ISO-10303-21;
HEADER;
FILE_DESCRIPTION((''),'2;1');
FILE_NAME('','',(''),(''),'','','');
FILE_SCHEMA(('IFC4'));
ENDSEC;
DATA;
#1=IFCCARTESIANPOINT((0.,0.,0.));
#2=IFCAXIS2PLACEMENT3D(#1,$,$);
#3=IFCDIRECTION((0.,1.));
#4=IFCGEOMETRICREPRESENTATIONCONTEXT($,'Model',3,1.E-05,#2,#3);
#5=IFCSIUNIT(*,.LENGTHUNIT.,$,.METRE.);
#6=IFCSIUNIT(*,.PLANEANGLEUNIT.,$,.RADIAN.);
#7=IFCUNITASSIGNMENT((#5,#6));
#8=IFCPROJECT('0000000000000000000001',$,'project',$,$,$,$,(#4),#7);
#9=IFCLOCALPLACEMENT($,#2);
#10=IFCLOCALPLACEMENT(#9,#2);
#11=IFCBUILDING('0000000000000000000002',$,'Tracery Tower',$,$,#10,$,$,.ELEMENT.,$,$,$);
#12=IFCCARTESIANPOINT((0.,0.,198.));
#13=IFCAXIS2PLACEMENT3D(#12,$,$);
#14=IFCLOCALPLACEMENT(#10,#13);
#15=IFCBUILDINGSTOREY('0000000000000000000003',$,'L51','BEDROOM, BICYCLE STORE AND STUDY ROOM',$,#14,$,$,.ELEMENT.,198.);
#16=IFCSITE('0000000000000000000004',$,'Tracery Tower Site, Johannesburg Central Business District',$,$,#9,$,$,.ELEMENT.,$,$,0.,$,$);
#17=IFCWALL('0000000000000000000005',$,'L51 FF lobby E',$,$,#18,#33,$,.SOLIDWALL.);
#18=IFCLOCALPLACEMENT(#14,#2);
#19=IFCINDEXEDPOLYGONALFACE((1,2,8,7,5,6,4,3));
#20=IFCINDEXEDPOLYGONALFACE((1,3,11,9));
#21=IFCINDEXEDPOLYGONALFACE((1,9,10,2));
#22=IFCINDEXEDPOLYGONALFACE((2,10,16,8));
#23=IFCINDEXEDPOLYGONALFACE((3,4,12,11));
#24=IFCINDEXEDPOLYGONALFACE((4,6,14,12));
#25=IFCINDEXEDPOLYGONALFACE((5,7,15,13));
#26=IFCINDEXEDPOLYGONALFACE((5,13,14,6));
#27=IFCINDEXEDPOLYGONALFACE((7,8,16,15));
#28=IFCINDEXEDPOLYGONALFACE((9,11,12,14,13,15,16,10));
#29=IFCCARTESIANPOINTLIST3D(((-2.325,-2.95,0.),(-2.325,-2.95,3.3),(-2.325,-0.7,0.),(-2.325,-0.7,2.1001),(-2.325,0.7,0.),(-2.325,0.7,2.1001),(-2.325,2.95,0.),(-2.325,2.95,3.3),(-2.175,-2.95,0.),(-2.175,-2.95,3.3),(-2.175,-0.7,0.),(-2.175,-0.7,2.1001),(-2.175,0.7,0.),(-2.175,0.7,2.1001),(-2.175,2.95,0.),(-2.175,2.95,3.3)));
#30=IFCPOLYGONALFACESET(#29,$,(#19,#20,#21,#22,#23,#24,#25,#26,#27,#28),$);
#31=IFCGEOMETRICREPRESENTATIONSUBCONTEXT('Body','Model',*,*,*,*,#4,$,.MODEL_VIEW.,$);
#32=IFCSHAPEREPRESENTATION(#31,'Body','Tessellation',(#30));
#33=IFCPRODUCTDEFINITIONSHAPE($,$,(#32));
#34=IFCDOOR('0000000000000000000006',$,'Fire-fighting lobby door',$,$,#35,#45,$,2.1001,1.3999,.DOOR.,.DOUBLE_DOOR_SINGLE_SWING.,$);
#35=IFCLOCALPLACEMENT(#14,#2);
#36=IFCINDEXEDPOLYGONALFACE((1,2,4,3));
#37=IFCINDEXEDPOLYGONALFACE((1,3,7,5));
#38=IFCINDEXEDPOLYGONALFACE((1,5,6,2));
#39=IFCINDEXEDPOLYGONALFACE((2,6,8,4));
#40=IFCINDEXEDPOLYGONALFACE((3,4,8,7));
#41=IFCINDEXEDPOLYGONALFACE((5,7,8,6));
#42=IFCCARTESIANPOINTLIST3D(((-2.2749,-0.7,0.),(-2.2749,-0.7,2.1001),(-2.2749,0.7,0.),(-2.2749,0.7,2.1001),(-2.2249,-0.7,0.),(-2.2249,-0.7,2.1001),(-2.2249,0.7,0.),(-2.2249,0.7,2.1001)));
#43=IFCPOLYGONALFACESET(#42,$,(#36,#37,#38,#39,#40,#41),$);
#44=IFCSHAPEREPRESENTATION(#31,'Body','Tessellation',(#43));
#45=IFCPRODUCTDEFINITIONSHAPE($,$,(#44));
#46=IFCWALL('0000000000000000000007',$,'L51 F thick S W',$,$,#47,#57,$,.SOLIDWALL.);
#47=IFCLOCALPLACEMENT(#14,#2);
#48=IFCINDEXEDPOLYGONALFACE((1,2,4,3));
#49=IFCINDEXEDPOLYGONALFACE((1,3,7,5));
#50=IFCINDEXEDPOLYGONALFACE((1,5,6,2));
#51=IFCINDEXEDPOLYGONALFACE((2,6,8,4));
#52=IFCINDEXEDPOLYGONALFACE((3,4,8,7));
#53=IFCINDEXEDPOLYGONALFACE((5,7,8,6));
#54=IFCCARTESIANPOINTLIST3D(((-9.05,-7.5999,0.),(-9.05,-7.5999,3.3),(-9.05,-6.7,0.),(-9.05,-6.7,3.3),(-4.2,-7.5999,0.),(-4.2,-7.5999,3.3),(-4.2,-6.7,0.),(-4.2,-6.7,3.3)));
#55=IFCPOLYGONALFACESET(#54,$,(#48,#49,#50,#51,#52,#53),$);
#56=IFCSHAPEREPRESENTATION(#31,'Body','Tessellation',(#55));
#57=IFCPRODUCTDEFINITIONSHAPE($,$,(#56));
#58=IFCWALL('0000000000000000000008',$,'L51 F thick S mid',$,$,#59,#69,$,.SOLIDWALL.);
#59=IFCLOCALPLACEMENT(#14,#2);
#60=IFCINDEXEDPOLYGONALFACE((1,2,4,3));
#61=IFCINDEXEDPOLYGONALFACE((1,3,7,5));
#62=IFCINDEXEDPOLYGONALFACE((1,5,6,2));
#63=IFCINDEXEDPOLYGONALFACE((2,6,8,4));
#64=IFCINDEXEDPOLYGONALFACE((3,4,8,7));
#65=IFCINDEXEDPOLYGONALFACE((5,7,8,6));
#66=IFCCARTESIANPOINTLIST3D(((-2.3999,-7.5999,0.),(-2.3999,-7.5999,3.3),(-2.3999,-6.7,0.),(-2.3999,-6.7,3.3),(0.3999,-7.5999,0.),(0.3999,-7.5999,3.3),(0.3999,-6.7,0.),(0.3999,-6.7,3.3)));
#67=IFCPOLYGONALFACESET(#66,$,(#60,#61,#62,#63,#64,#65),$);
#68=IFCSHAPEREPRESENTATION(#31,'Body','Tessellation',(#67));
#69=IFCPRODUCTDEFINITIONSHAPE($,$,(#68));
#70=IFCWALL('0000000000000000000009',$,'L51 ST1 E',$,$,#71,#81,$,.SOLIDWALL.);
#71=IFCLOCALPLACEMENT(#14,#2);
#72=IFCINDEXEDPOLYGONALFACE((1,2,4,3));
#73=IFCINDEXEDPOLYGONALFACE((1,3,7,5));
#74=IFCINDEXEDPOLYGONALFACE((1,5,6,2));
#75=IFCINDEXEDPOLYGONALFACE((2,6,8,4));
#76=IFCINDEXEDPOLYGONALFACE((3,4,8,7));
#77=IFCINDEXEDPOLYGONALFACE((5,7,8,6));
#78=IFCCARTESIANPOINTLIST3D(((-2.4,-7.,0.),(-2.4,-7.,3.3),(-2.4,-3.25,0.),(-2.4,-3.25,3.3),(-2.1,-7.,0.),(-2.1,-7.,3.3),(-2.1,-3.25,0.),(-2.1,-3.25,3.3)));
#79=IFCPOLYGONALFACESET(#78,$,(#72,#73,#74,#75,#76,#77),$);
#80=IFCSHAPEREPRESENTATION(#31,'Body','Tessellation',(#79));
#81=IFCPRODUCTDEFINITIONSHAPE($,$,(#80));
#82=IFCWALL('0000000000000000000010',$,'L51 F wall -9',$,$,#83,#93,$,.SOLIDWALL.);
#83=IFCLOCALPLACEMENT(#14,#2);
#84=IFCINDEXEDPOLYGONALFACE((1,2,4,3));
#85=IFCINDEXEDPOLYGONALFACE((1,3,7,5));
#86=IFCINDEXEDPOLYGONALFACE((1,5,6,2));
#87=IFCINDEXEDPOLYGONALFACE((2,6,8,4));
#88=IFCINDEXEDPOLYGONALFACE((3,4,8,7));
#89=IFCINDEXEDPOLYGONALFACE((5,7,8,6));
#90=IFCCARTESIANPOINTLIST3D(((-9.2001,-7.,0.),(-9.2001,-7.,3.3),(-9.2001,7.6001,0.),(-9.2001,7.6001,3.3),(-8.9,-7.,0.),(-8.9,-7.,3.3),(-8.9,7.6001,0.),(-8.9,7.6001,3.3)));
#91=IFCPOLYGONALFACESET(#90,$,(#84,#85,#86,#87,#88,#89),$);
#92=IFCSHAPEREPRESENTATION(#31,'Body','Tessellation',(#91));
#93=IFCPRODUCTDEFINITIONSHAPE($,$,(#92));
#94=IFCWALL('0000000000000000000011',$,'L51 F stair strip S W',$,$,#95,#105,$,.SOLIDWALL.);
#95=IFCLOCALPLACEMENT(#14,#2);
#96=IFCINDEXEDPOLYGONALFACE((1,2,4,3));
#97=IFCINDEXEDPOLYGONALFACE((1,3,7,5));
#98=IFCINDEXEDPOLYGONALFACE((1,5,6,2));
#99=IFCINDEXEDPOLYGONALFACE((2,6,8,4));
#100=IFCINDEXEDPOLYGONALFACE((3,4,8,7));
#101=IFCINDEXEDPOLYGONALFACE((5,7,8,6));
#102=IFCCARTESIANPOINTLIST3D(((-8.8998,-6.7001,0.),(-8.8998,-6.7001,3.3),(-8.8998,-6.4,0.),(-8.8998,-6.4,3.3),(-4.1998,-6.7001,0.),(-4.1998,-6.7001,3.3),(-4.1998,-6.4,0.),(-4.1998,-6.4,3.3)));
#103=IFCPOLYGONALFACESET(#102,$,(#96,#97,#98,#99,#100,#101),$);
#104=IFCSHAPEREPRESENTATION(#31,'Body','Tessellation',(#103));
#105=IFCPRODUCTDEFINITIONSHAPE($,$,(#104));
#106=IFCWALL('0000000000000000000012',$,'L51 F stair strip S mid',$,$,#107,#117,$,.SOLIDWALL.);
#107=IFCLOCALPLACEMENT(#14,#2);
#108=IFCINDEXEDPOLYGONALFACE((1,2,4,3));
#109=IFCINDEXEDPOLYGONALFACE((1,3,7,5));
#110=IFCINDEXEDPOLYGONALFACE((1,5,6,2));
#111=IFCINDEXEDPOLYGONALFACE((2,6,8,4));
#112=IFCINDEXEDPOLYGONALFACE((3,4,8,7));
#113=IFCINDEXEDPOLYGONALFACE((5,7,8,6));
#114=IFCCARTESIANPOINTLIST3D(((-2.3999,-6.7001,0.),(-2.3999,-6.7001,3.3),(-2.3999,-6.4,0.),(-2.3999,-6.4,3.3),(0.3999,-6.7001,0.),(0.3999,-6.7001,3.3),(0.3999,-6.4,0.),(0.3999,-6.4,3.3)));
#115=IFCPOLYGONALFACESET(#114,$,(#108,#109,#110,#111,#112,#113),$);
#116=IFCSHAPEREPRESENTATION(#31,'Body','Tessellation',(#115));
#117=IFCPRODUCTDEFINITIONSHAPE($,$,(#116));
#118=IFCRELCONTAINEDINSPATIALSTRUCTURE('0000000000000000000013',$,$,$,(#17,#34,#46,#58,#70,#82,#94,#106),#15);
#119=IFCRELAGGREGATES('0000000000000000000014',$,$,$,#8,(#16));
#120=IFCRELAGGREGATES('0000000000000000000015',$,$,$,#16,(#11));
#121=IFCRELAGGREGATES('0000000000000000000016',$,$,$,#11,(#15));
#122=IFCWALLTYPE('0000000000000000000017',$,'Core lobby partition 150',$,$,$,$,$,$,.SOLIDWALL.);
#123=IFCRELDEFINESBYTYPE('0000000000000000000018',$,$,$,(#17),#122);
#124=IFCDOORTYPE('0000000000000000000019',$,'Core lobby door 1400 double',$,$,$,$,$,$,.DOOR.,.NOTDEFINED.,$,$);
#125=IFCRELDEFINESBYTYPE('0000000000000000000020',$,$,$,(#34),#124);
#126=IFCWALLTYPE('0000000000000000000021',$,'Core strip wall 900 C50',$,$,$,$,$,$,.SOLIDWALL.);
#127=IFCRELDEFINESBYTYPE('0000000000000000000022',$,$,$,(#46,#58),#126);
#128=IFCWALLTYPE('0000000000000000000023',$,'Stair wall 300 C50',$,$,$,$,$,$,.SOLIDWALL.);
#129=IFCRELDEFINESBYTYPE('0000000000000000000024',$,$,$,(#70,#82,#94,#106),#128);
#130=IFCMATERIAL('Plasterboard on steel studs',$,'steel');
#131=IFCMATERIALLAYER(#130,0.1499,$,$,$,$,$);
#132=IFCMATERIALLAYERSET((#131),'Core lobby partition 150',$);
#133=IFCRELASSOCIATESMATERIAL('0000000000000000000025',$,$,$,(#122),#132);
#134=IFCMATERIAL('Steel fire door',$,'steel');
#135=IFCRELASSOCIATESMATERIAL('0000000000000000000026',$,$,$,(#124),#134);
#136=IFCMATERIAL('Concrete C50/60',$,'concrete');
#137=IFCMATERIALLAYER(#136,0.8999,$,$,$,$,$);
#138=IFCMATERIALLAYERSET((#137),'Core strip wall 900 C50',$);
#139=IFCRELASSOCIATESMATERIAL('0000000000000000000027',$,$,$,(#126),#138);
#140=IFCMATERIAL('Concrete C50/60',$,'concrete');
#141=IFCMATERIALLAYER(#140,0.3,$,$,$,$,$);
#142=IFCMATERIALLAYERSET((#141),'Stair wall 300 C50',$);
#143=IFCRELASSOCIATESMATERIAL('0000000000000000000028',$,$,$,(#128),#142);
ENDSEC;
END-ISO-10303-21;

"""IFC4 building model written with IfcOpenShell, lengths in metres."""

from ifc_helpers import new_model, si_unit, direction, frame, frame_2d, origin, place, context, subcontext, project, spatial, rectangle, extrude, material, layer, layer_set, type_object, element, fill, save


model = new_model("IFC4")

# Units and contexts
model_context = context("Model", 3, precision=1e-05, world=origin(), true_north=direction((0.0, 1.0)))
body_context = subcontext(model_context, "Body", "Model", "MODEL_VIEW")
ifc_project = project(units=[si_unit("LENGTHUNIT", "METRE"), si_unit("PLANEANGLEUNIT", "RADIAN")], contexts=[model_context])

# Site, building, storey
site_placement = place(None, origin())
site = spatial("IfcSite", under=ifc_project, at=site_placement, Name="Tracery Tower Site, Johannesburg Central Business District", CompositionType="ELEMENT", RefElevation=0.0)
building_placement = place(site_placement, origin())
building = spatial("IfcBuilding", under=site, at=building_placement, Name="Tracery Tower", CompositionType="ELEMENT")
storey_placement = place(building_placement, frame((0.0, 0.0, 198.0)))
storey = spatial("IfcBuildingStorey", under=building, at=storey_placement, Name="L51", Description="BEDROOM, BICYCLE STORE AND STUDY ROOM", CompositionType="ELEMENT", Elevation=198.0)

# Wall, opening, door
ifc_material_1 = material(Name="Plasterboard on steel studs", Category="steel")
ifc_layer_1 = layer(ifc_material_1, 0.1499)
ifc_layer_set_1 = layer_set([ifc_layer_1], Name="Core lobby partition 150")
wall_type_1 = type_object("IfcWallType", Name="Core lobby partition 150", PredefinedType="SOLIDWALL", material=ifc_layer_set_1)
wall_1_placement = place(storey_placement, frame((-2.25, -2.95, 0.0), z_axis=(0.0, 0.0, 1.0), x_axis=(0.0, 1.0, 0.0)))
wall_1 = element("IfcWall", 1, at=wall_1_placement, inside=storey, type_object=wall_type_1, Name="L51 FF lobby E", PredefinedType="SOLIDWALL", context=body_context, shape_type="SweptSolid", body=[
    extrude(rectangle(XDim=5.8999, YDim=0.1499, at=frame_2d((2.95, 0.0))), origin(), (0.0, 0.0, 1.0), 3.3),
])
opening_1_placement = place(wall_1_placement, frame((2.25, 0.0, 0.0)))
opening_1 = element("IfcOpeningElement", 2, at=opening_1_placement, cuts=wall_1, PredefinedType="OPENING", context=body_context, shape_type="SweptSolid", body=[
    extrude(rectangle(XDim=1.3999, YDim=2.1001, at=frame_2d((0.7, 1.05))), frame((0.0, 0.075, 0.0), z_axis=(0.0, -1.0, 0.0), x_axis=(1.0, 0.0, 0.0)), (0.0, 0.0, 1.0), 0.1499),
])
ifc_material_2 = material(Name="Steel fire door", Category="steel")
door_type_1 = type_object("IfcDoorType", Name="Core lobby door 1400 double", OperationType="NOTDEFINED", PredefinedType="DOOR", material=ifc_material_2)
door_1_placement = place(opening_1_placement, origin())
door_1 = element("IfcDoor", 3, at=door_1_placement, inside=storey, type_object=door_type_1, Name="Fire-fighting lobby door", OperationType="DOUBLE_DOOR_SINGLE_SWING", OverallHeight=2.1001, OverallWidth=1.3999, PredefinedType="DOOR", context=body_context, shape_type="SweptSolid", body=[
    extrude(rectangle(XDim=1.3999, YDim=2.1001, at=frame_2d((0.7, 1.05))), frame((0.0, 0.0249, 0.0), z_axis=(0.0, -1.0, 0.0), x_axis=(1.0, 0.0, 0.0)), (0.0, 0.0, 1.0), 0.05),
])
fill(opening_1, door_1)

# Walls
ifc_material_3 = material(Name="Concrete C50/60", Category="concrete")
ifc_layer_2 = layer(ifc_material_3, 0.8999)
ifc_layer_set_2 = layer_set([ifc_layer_2], Name="Core strip wall 900 C50")
wall_type_2 = type_object("IfcWallType", Name="Core strip wall 900 C50", PredefinedType="SOLIDWALL", material=ifc_layer_set_2)
wall_2_placement = place(storey_placement, frame((-9.05, -7.1499, 0.0), z_axis=(0.0, 0.0, 1.0), x_axis=(1.0, 0.0, 0.0)))
element("IfcWall", 4, at=wall_2_placement, inside=storey, type_object=wall_type_2, Name="L51 F thick S W", PredefinedType="SOLIDWALL", context=body_context, shape_type="SweptSolid", body=[
    extrude(rectangle(XDim=4.8501, YDim=0.8999, at=frame_2d((2.425, 0.0))), origin(), (0.0, 0.0, 1.0), 3.3),
])
wall_3_placement = place(storey_placement, frame((-2.3999, -7.1499, 0.0), z_axis=(0.0, 0.0, 1.0), x_axis=(1.0, 0.0, 0.0)))
element("IfcWall", 5, at=wall_3_placement, inside=storey, type_object=wall_type_2, Name="L51 F thick S mid", PredefinedType="SOLIDWALL", context=body_context, shape_type="SweptSolid", body=[
    extrude(rectangle(XDim=2.7998, YDim=0.8999, at=frame_2d((1.3999, 0.0))), origin(), (0.0, 0.0, 1.0), 3.3),
])

# Shared definitions
ifc_material_4 = material(Name="Concrete C50/60", Category="concrete")
ifc_layer_3 = layer(ifc_material_4, 0.3)
ifc_layer_set_3 = layer_set([ifc_layer_3], Name="Stair wall 300 C50")
wall_type_3 = type_object("IfcWallType", Name="Stair wall 300 C50", PredefinedType="SOLIDWALL", material=ifc_layer_set_3)

# Walls
wall_4_placement = place(storey_placement, frame((-2.25, -7.0, 0.0), z_axis=(0.0, 0.0, 1.0), x_axis=(0.0, 1.0, 0.0)))
element("IfcWall", 6, at=wall_4_placement, inside=storey, type_object=wall_type_3, Name="L51 ST1 E", PredefinedType="SOLIDWALL", context=body_context, shape_type="SweptSolid", body=[
    extrude(rectangle(XDim=3.75, YDim=0.3, at=frame_2d((1.875, 0.0))), origin(), (0.0, 0.0, 1.0), 3.3),
])
wall_5_placement = place(storey_placement, frame((-9.05, -7.0, 0.0), z_axis=(0.0, 0.0, 1.0), x_axis=(0.0, 1.0, 0.0)))
element("IfcWall", 7, at=wall_5_placement, inside=storey, type_object=wall_type_3, Name="L51 F wall -9", PredefinedType="SOLIDWALL", context=body_context, shape_type="SweptSolid", body=[
    extrude(rectangle(XDim=14.6001, YDim=0.3, at=frame_2d((7.3, 0.0))), origin(), (0.0, 0.0, 1.0), 3.3),
])
wall_6_placement = place(storey_placement, frame((-8.8999, -6.55, 0.0), z_axis=(0.0, 0.0, 1.0), x_axis=(1.0, 0.0, 0.0)))
element("IfcWall", 8, at=wall_6_placement, inside=storey, type_object=wall_type_3, Name="L51 F stair strip S W", PredefinedType="SOLIDWALL", context=body_context, shape_type="SweptSolid", body=[
    extrude(rectangle(XDim=4.7, YDim=0.3, at=frame_2d((2.3501, 0.0))), origin(), (0.0, 0.0, 1.0), 3.3),
])
wall_7_placement = place(storey_placement, frame((-2.3999, -6.55, 0.0), z_axis=(0.0, 0.0, 1.0), x_axis=(1.0, 0.0, 0.0)))
element("IfcWall", 9, at=wall_7_placement, inside=storey, type_object=wall_type_3, Name="L51 F stair strip S mid", PredefinedType="SOLIDWALL", context=body_context, shape_type="SweptSolid", body=[
    extrude(rectangle(XDim=2.7998, YDim=0.3, at=frame_2d((1.3999, 0.0))), origin(), (0.0, 0.0, 1.0), 3.3),
])

save(model, "model.ifc")
